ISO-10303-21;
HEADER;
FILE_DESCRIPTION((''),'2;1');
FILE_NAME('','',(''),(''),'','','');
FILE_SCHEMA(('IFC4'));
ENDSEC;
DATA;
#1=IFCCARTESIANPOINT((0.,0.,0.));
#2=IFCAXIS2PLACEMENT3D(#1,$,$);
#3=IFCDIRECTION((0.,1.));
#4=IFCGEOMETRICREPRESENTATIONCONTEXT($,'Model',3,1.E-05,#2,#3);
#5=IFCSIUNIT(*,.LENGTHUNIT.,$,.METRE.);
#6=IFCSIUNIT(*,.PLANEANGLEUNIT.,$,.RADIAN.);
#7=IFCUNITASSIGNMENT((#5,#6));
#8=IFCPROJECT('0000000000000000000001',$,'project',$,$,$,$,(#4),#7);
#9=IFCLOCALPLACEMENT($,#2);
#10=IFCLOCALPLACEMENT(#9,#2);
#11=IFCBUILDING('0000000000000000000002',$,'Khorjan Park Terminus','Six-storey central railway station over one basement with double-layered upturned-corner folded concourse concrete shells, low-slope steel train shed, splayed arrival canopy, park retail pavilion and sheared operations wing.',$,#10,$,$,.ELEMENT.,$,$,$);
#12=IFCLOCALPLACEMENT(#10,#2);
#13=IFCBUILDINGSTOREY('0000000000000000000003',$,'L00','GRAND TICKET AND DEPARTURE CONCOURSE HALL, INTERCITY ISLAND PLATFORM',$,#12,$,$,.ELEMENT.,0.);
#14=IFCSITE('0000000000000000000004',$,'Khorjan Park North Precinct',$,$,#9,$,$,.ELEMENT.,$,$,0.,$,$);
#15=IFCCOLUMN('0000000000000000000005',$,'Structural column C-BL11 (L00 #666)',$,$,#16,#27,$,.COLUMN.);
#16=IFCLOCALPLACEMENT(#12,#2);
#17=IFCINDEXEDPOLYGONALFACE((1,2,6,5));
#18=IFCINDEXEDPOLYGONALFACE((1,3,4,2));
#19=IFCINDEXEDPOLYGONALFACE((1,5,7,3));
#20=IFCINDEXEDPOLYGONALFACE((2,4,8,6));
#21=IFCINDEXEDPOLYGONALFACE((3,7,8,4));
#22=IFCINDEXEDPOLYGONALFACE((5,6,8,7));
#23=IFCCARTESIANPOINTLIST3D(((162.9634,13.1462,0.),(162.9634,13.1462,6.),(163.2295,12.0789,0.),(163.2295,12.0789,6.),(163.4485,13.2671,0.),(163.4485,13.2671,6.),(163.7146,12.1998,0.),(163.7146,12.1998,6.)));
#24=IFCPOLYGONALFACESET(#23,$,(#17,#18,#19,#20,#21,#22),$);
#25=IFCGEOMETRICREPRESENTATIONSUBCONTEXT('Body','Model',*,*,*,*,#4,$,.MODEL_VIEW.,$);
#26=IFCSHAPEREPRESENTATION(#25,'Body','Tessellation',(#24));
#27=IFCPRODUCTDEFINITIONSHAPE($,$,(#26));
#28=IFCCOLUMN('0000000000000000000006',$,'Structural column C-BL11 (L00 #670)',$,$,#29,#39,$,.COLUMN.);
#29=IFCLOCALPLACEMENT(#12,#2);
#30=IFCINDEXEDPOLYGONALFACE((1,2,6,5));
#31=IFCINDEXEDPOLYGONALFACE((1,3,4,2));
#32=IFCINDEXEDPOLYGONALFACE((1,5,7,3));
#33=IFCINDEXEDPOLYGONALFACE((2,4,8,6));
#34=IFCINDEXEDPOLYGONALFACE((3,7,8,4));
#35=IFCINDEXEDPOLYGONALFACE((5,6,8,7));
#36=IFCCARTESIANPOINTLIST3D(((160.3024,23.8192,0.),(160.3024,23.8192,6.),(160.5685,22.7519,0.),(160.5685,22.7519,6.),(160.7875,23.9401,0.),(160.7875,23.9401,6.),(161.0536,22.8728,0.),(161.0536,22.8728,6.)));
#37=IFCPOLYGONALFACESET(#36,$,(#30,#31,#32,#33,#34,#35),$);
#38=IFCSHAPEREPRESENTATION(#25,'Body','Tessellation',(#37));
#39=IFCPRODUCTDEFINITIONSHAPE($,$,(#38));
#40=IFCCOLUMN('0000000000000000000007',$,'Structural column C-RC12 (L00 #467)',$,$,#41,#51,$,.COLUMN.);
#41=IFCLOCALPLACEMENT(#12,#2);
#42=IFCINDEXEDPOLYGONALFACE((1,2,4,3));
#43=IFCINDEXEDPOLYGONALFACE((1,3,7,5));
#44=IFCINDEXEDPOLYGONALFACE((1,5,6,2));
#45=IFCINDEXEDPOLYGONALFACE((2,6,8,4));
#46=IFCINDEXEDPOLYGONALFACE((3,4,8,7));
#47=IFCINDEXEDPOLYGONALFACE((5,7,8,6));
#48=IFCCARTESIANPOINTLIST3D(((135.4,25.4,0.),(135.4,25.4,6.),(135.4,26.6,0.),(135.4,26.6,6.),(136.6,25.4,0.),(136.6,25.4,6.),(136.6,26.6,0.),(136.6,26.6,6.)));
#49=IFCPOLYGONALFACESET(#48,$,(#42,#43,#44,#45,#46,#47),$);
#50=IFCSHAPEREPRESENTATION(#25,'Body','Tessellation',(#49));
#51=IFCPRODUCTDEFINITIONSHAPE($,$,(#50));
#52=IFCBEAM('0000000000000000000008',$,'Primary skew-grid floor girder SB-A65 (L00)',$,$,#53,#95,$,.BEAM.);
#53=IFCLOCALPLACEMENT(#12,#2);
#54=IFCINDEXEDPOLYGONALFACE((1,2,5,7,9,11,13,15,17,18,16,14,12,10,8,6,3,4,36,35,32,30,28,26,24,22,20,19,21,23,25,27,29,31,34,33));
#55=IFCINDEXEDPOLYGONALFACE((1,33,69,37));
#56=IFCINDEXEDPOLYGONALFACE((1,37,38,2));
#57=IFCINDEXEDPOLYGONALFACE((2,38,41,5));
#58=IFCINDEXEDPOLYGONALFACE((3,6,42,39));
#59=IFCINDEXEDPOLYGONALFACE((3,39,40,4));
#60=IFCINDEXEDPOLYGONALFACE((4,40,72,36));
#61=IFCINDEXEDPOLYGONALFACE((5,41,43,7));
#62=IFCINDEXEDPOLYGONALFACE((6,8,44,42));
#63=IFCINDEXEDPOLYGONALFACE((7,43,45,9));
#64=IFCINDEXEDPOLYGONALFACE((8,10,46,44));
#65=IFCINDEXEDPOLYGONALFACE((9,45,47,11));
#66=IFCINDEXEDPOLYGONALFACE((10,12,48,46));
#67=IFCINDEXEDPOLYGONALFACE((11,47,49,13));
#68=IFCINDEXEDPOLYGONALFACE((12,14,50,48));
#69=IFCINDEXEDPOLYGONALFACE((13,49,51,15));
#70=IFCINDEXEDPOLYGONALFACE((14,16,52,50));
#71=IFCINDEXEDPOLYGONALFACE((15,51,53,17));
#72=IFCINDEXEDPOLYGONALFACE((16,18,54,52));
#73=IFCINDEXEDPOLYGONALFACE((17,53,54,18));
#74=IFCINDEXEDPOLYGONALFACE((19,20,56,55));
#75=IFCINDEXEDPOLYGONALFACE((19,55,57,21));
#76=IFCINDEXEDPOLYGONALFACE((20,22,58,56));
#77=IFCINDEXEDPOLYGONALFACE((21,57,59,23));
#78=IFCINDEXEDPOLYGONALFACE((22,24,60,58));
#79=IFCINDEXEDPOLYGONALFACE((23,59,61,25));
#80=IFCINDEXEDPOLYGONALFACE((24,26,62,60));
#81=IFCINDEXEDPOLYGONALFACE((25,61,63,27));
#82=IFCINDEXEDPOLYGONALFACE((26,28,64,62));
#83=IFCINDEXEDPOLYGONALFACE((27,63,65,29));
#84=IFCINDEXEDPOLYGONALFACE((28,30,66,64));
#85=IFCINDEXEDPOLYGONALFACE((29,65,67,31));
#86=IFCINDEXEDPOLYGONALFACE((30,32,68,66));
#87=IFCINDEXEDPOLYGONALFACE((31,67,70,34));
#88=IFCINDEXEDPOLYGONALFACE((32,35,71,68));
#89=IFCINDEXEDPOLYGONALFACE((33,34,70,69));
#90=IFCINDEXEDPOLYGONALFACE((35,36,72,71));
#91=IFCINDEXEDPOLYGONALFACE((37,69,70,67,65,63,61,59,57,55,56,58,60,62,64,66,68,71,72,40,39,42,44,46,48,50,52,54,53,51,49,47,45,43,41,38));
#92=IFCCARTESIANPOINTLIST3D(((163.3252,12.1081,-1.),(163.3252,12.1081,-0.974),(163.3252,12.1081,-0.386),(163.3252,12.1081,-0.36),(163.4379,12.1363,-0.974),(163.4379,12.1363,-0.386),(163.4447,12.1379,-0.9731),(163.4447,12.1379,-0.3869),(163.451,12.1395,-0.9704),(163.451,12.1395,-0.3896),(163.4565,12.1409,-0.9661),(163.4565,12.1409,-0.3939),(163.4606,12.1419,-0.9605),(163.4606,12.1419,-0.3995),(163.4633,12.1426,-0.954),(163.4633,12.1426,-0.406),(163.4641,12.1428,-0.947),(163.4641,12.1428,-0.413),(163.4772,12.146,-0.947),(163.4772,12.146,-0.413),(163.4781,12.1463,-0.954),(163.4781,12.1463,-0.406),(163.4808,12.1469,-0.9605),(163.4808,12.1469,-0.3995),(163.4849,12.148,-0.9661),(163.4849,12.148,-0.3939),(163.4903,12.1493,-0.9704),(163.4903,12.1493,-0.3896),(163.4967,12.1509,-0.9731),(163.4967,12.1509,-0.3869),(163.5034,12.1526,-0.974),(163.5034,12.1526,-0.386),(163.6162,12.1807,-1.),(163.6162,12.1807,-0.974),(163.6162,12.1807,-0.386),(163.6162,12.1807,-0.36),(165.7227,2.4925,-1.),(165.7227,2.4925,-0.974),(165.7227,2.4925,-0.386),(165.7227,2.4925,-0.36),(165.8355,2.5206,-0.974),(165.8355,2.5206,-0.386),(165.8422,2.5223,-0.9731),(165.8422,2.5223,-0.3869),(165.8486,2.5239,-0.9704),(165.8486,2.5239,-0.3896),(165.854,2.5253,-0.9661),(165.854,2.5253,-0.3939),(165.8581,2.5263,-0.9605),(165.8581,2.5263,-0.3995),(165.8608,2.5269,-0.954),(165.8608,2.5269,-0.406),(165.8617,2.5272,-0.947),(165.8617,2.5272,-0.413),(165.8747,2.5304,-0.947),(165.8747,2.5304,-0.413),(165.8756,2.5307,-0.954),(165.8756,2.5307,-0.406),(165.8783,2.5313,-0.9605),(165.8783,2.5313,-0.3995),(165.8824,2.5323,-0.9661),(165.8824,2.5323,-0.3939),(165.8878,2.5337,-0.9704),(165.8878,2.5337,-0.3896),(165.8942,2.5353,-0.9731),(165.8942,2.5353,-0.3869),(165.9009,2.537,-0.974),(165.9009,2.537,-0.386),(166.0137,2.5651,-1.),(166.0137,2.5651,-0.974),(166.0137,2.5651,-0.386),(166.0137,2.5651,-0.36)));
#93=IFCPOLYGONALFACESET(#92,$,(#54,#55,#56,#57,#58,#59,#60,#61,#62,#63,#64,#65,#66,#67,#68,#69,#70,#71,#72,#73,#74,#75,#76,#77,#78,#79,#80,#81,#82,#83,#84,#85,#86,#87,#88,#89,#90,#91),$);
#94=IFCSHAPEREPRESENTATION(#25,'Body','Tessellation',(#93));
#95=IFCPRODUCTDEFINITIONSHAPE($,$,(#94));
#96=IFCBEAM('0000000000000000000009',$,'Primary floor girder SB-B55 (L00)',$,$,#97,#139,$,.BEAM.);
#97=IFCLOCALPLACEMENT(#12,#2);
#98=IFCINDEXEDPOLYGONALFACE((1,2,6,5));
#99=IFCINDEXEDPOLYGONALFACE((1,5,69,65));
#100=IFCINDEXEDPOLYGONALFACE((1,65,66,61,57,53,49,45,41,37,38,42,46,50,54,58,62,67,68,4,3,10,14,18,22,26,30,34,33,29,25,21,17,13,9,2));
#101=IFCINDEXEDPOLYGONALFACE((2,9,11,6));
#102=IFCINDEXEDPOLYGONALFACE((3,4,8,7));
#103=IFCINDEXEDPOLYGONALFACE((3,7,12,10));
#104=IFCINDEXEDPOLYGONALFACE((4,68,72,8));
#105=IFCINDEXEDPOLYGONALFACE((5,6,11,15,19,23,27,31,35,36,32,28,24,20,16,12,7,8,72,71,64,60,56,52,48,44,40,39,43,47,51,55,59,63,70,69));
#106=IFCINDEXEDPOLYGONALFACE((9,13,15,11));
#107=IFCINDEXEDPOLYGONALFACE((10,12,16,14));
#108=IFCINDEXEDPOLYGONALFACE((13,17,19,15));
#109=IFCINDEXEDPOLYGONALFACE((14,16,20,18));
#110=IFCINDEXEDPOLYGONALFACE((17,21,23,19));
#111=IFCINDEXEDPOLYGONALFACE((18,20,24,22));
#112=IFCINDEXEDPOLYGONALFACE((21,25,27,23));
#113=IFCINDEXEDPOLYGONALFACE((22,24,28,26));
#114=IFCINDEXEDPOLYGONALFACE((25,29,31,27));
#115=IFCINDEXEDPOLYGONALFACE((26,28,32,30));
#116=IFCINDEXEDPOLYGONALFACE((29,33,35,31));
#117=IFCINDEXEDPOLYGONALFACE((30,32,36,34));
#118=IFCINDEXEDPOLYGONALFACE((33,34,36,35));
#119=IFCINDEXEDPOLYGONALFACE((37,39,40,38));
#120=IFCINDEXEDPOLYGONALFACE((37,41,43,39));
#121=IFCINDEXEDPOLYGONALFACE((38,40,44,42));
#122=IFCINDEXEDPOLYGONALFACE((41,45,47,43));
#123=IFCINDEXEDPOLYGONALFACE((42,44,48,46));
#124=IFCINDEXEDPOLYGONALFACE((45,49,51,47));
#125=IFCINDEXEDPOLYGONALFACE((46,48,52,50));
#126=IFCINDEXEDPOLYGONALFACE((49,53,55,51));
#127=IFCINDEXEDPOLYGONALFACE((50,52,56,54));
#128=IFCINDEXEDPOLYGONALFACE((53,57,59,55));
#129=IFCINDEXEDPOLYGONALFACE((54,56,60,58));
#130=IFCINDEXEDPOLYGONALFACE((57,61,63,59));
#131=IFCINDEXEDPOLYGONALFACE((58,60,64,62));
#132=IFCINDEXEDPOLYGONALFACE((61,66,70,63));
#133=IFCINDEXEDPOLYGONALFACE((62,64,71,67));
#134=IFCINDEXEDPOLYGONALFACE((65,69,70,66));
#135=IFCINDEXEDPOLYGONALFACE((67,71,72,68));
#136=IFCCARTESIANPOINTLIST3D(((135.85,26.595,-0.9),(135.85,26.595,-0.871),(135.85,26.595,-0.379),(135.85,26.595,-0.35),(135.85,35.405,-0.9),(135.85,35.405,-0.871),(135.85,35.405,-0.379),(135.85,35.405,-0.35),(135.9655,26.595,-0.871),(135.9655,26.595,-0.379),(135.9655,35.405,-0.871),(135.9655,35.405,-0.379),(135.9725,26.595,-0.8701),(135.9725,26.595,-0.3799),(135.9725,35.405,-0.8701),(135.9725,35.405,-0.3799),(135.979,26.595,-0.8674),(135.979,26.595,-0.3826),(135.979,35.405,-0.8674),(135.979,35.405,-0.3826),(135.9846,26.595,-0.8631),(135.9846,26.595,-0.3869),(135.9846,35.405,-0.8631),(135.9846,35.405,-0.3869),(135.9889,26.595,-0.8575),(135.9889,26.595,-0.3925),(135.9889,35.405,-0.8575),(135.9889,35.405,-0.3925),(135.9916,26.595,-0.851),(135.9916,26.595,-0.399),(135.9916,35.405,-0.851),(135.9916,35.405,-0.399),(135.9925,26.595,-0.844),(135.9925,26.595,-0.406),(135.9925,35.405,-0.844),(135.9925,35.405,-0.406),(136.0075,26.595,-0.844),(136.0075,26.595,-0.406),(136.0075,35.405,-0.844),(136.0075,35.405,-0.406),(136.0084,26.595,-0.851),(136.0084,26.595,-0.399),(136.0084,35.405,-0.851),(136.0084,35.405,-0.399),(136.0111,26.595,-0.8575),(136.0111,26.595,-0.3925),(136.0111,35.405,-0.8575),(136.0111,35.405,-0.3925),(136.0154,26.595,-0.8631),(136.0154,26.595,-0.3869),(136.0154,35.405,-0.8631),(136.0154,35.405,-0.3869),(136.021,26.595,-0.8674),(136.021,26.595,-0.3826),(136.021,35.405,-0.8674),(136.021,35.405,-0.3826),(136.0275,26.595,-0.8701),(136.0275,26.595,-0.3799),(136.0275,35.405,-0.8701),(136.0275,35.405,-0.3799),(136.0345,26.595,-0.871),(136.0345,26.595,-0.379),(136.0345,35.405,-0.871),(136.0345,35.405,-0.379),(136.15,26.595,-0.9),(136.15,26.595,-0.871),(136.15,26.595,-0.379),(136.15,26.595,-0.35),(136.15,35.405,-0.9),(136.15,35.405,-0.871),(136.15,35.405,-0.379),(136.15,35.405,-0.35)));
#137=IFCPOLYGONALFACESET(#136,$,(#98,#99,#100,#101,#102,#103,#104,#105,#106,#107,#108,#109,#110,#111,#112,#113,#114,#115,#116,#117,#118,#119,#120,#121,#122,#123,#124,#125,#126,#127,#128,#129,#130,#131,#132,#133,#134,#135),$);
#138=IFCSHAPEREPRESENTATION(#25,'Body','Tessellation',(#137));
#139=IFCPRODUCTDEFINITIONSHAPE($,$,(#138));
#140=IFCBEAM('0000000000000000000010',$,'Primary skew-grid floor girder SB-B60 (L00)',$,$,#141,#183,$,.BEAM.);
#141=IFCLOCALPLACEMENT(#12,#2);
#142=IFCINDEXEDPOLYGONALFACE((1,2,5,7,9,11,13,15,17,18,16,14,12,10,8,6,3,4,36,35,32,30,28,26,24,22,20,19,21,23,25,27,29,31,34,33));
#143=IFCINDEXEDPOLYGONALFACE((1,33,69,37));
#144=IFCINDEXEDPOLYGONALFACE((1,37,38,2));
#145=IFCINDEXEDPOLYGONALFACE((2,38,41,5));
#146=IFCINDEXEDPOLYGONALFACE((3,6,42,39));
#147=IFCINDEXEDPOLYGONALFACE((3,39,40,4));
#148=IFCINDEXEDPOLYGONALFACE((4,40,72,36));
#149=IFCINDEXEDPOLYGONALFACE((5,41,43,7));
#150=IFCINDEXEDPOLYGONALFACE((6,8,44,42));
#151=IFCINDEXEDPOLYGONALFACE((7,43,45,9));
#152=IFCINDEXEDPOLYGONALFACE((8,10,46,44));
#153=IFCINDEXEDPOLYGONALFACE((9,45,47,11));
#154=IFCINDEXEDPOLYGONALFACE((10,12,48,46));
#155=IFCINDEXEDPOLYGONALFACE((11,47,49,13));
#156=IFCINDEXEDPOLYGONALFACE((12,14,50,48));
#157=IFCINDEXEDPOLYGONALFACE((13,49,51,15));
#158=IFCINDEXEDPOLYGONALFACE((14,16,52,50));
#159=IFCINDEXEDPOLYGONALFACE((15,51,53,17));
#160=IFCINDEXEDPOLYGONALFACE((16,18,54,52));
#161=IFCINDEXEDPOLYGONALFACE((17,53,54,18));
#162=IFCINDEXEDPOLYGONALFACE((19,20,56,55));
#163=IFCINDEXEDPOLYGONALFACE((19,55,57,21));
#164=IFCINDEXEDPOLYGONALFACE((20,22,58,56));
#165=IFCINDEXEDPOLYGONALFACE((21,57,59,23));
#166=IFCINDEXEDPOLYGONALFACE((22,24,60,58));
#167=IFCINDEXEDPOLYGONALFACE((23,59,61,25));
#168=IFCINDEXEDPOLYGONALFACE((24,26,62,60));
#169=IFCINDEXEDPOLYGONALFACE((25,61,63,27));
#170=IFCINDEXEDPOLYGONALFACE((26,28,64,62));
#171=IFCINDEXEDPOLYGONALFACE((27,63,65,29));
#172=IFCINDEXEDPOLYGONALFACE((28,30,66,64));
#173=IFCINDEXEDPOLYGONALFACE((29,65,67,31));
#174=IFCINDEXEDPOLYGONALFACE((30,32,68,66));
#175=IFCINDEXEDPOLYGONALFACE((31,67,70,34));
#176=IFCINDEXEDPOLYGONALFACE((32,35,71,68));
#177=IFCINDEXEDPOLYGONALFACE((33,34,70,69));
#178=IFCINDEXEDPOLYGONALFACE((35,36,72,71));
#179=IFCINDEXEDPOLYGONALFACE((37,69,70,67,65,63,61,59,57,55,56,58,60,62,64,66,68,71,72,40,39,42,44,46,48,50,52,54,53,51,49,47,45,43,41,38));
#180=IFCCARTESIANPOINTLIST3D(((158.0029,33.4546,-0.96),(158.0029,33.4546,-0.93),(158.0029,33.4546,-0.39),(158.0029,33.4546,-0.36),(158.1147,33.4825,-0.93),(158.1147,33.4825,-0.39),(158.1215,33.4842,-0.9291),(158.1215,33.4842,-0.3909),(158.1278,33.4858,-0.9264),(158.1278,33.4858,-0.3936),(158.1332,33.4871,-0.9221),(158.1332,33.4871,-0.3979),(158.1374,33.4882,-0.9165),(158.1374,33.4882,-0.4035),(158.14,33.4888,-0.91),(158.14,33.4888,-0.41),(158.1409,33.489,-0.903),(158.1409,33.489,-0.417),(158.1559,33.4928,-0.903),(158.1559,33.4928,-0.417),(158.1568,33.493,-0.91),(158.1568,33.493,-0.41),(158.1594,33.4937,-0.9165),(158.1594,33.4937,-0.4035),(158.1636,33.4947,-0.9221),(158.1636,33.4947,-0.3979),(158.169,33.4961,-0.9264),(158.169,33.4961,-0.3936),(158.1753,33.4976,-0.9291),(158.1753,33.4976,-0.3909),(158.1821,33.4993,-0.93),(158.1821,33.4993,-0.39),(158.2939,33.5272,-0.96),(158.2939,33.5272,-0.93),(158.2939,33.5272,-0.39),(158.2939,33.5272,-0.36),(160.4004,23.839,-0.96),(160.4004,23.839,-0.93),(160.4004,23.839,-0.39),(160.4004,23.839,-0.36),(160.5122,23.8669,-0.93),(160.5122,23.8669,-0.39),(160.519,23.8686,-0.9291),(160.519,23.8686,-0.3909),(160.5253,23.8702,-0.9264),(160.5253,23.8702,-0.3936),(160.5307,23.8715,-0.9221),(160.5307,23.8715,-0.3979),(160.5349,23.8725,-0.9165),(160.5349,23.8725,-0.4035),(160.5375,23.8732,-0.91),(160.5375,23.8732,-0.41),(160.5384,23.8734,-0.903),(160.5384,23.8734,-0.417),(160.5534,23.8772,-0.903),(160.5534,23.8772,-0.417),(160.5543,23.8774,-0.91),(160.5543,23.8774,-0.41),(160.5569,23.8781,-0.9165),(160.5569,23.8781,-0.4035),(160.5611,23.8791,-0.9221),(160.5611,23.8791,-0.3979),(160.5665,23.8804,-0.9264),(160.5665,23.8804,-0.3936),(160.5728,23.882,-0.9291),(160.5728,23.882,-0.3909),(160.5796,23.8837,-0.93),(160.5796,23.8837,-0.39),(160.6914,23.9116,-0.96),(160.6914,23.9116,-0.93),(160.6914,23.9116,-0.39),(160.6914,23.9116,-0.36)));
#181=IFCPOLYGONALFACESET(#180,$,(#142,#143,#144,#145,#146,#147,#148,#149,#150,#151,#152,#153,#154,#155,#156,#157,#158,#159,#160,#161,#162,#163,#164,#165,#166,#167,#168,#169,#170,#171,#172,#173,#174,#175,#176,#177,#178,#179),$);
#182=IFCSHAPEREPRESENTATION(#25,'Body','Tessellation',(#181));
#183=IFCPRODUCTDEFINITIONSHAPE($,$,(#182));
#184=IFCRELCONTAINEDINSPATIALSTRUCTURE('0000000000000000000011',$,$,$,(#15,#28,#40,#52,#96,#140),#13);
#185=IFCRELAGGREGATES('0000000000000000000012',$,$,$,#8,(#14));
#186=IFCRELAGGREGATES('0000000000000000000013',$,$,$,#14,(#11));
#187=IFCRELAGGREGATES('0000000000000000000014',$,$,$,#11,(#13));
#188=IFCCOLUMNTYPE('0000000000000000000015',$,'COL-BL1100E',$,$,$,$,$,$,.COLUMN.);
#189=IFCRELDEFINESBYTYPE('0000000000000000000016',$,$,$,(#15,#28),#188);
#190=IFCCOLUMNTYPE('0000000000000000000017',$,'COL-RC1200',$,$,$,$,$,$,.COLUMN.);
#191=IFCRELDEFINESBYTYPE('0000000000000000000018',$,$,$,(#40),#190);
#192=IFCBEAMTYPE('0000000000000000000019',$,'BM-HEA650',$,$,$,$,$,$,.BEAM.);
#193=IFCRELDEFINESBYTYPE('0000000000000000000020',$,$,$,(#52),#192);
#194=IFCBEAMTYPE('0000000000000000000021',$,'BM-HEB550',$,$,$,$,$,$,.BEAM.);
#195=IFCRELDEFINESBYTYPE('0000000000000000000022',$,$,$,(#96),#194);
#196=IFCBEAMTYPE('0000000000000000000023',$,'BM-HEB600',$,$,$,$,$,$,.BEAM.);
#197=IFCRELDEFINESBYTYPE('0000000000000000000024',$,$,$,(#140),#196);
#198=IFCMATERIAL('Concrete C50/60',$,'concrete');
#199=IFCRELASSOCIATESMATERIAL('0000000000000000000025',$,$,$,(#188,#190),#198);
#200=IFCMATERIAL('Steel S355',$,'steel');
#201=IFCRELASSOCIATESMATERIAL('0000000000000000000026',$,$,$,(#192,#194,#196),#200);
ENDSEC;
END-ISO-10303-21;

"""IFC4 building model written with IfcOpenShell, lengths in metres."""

from ifc_helpers import new_model, si_unit, direction, frame, origin, origin_2d, place, context, subcontext, project, spatial, rectangle, i_section, extrude, material, material_profile, profile_set, type_object, element, save


model = new_model("IFC4")

# Units and contexts
model_context = context("Model", 3, precision=1e-05, world=origin(), true_north=direction((0.0, 1.0)))
body_context = subcontext(model_context, "Body", "Model", "MODEL_VIEW")
ifc_project = project(units=[si_unit("LENGTHUNIT", "METRE"), si_unit("PLANEANGLEUNIT", "RADIAN")], contexts=[model_context])

# Site, building, storey
site_placement = place(None, origin())
site = spatial("IfcSite", under=ifc_project, at=site_placement, Name="Khorjan Park North Precinct", CompositionType="ELEMENT", RefElevation=0.0)
building_placement = place(site_placement, origin())
building = spatial("IfcBuilding", under=site, at=building_placement, Name="Khorjan Park Terminus", Description="Six-storey central railway station over one basement with double-layered upturned-corner folded concourse concrete shells, low-slope steel train shed, splayed arrival canopy, park retail pavilion and sheared operations wing.", CompositionType="ELEMENT")
storey_placement = place(building_placement, origin())
storey = spatial("IfcBuildingStorey", under=building, at=storey_placement, Name="L00", Description="GRAND TICKET AND DEPARTURE CONCOURSE HALL, INTERCITY ISLAND PLATFORM", CompositionType="ELEMENT", Elevation=0.0)

# Columns
ifc_material_1 = material(Name="Concrete C50/60", Category="concrete")
ifc_material_profile_1 = material_profile(ifc_material_1, rectangle(XDim=0.5, YDim=1.1, at=origin_2d()), Name="RC 500x1100")
ifc_profile_set_1 = profile_set([ifc_material_profile_1], Name="Concrete C50/60")
column_type_1 = type_object("IfcColumnType", Name="COL-BL1100E", PredefinedType="COLUMN", material=ifc_profile_set_1)
for number, where, z_axis, x_axis, name in (
    (1, (163.339, 12.673, 0.0), (0.0, 0.0, 1.0), (0.970296, 0.241922, 0.0), "Structural column C-BL11 (L00 #666)"),
    (2, (160.678, 23.346, 0.0), (0.0, 0.0, 1.0), (0.970296, 0.241922, 0.0), "Structural column C-BL11 (L00 #670)"),
):
    element("IfcColumn", number, at=place(storey_placement, frame(where, z_axis=z_axis, x_axis=x_axis)), inside=storey, type_object=column_type_1, Name=name, PredefinedType="COLUMN", context=body_context, shape_type="SweptSolid", body=[
        extrude(rectangle(XDim=0.5, YDim=1.1, at=origin_2d()), origin(), (0.0, 0.0, 1.0), 6.0),
    ])
ifc_material_profile_2 = material_profile(ifc_material_1, rectangle(XDim=1.2, YDim=1.2, at=origin_2d()), Name="RC 1200x1200")
ifc_profile_set_2 = profile_set([ifc_material_profile_2], Name="Concrete C50/60")
column_type_2 = type_object("IfcColumnType", Name="COL-RC1200", PredefinedType="COLUMN", material=ifc_profile_set_2)
column_placement = place(storey_placement, frame((136.0, 26.0, 0.0), z_axis=(0.0, 0.0, 1.0), x_axis=(1.0, 0.0, 0.0)))
element("IfcColumn", 3, at=column_placement, inside=storey, type_object=column_type_2, Name="Structural column C-RC12 (L00 #467)", PredefinedType="COLUMN", context=body_context, shape_type="SweptSolid", body=[
    extrude(rectangle(XDim=1.2, YDim=1.2, at=origin_2d()), origin(), (0.0, 0.0, 1.0), 6.0),
])

# Beams
ifc_material_2 = material(Name="Steel S355", Category="steel")
ifc_material_profile_3 = material_profile(ifc_material_2, i_section(OverallWidth=0.3, OverallDepth=0.64, WebThickness=0.0135, FlangeThickness=0.026, FilletRadius=0.027, at=origin_2d()), Name="HEA 650")
ifc_profile_set_3 = profile_set([ifc_material_profile_3], Name="Steel S355")
beam_type_1 = type_object("IfcBeamType", Name="BM-HEA650", PredefinedType="BEAM", material=ifc_profile_set_3)
beam_1_placement = place(storey_placement, frame((165.8682, 2.5288, -0.68), z_axis=(-0.241928, 0.970294, 0.0), x_axis=(-0.970294, -0.241928, 0.0)))
element("IfcBeam", 4, at=beam_1_placement, inside=storey, type_object=beam_type_1, Name="Primary skew-grid floor girder SB-A65 (L00)", PredefinedType="BEAM", context=body_context, shape_type="SweptSolid", body=[
    extrude(i_section(OverallWidth=0.3, OverallDepth=0.64, WebThickness=0.0135, FlangeThickness=0.026, FilletRadius=0.027, at=origin_2d()), origin(), (0.0, 0.0, 1.0), 9.91),
])
ifc_material_profile_4 = material_profile(ifc_material_2, i_section(OverallWidth=0.3, OverallDepth=0.55, WebThickness=0.015, FlangeThickness=0.029, FilletRadius=0.027, at=origin_2d()), Name="HEB 550")
ifc_profile_set_4 = profile_set([ifc_material_profile_4], Name="Steel S355")
beam_type_2 = type_object("IfcBeamType", Name="BM-HEB550", PredefinedType="BEAM", material=ifc_profile_set_4)
beam_2_placement = place(storey_placement, frame((136.0, 26.595, -0.625), z_axis=(0.0, 1.0, 0.0), x_axis=(-1.0, 0.0, 0.0)))
element("IfcBeam", 5, at=beam_2_placement, inside=storey, type_object=beam_type_2, Name="Primary floor girder SB-B55 (L00)", PredefinedType="BEAM", context=body_context, shape_type="SweptSolid", body=[
    extrude(i_section(OverallWidth=0.3, OverallDepth=0.55, WebThickness=0.015, FlangeThickness=0.029, FilletRadius=0.027, at=origin_2d()), origin(), (0.0, 0.0, 1.0), 8.81),
])
ifc_material_profile_5 = material_profile(ifc_material_2, i_section(OverallWidth=0.3, OverallDepth=0.6, WebThickness=0.0155, FlangeThickness=0.03, FilletRadius=0.027, at=origin_2d()), Name="HEB 600")
ifc_profile_set_5 = profile_set([ifc_material_profile_5], Name="Steel S355")
beam_type_3 = type_object("IfcBeamType", Name="BM-HEB600", PredefinedType="BEAM", material=ifc_profile_set_5)
beam_3_placement = place(storey_placement, frame((160.5459, 23.8753, -0.66), z_axis=(-0.241928, 0.970294, 0.0), x_axis=(-0.970294, -0.241928, 0.0)))
element("IfcBeam", 6, at=beam_3_placement, inside=storey, type_object=beam_type_3, Name="Primary skew-grid floor girder SB-B60 (L00)", PredefinedType="BEAM", context=body_context, shape_type="SweptSolid", body=[
    extrude(i_section(OverallWidth=0.3, OverallDepth=0.6, WebThickness=0.0155, FlangeThickness=0.03, FilletRadius=0.027, at=origin_2d()), origin(), (0.0, 0.0, 1.0), 9.91),
])

save(model, "model.ifc")
